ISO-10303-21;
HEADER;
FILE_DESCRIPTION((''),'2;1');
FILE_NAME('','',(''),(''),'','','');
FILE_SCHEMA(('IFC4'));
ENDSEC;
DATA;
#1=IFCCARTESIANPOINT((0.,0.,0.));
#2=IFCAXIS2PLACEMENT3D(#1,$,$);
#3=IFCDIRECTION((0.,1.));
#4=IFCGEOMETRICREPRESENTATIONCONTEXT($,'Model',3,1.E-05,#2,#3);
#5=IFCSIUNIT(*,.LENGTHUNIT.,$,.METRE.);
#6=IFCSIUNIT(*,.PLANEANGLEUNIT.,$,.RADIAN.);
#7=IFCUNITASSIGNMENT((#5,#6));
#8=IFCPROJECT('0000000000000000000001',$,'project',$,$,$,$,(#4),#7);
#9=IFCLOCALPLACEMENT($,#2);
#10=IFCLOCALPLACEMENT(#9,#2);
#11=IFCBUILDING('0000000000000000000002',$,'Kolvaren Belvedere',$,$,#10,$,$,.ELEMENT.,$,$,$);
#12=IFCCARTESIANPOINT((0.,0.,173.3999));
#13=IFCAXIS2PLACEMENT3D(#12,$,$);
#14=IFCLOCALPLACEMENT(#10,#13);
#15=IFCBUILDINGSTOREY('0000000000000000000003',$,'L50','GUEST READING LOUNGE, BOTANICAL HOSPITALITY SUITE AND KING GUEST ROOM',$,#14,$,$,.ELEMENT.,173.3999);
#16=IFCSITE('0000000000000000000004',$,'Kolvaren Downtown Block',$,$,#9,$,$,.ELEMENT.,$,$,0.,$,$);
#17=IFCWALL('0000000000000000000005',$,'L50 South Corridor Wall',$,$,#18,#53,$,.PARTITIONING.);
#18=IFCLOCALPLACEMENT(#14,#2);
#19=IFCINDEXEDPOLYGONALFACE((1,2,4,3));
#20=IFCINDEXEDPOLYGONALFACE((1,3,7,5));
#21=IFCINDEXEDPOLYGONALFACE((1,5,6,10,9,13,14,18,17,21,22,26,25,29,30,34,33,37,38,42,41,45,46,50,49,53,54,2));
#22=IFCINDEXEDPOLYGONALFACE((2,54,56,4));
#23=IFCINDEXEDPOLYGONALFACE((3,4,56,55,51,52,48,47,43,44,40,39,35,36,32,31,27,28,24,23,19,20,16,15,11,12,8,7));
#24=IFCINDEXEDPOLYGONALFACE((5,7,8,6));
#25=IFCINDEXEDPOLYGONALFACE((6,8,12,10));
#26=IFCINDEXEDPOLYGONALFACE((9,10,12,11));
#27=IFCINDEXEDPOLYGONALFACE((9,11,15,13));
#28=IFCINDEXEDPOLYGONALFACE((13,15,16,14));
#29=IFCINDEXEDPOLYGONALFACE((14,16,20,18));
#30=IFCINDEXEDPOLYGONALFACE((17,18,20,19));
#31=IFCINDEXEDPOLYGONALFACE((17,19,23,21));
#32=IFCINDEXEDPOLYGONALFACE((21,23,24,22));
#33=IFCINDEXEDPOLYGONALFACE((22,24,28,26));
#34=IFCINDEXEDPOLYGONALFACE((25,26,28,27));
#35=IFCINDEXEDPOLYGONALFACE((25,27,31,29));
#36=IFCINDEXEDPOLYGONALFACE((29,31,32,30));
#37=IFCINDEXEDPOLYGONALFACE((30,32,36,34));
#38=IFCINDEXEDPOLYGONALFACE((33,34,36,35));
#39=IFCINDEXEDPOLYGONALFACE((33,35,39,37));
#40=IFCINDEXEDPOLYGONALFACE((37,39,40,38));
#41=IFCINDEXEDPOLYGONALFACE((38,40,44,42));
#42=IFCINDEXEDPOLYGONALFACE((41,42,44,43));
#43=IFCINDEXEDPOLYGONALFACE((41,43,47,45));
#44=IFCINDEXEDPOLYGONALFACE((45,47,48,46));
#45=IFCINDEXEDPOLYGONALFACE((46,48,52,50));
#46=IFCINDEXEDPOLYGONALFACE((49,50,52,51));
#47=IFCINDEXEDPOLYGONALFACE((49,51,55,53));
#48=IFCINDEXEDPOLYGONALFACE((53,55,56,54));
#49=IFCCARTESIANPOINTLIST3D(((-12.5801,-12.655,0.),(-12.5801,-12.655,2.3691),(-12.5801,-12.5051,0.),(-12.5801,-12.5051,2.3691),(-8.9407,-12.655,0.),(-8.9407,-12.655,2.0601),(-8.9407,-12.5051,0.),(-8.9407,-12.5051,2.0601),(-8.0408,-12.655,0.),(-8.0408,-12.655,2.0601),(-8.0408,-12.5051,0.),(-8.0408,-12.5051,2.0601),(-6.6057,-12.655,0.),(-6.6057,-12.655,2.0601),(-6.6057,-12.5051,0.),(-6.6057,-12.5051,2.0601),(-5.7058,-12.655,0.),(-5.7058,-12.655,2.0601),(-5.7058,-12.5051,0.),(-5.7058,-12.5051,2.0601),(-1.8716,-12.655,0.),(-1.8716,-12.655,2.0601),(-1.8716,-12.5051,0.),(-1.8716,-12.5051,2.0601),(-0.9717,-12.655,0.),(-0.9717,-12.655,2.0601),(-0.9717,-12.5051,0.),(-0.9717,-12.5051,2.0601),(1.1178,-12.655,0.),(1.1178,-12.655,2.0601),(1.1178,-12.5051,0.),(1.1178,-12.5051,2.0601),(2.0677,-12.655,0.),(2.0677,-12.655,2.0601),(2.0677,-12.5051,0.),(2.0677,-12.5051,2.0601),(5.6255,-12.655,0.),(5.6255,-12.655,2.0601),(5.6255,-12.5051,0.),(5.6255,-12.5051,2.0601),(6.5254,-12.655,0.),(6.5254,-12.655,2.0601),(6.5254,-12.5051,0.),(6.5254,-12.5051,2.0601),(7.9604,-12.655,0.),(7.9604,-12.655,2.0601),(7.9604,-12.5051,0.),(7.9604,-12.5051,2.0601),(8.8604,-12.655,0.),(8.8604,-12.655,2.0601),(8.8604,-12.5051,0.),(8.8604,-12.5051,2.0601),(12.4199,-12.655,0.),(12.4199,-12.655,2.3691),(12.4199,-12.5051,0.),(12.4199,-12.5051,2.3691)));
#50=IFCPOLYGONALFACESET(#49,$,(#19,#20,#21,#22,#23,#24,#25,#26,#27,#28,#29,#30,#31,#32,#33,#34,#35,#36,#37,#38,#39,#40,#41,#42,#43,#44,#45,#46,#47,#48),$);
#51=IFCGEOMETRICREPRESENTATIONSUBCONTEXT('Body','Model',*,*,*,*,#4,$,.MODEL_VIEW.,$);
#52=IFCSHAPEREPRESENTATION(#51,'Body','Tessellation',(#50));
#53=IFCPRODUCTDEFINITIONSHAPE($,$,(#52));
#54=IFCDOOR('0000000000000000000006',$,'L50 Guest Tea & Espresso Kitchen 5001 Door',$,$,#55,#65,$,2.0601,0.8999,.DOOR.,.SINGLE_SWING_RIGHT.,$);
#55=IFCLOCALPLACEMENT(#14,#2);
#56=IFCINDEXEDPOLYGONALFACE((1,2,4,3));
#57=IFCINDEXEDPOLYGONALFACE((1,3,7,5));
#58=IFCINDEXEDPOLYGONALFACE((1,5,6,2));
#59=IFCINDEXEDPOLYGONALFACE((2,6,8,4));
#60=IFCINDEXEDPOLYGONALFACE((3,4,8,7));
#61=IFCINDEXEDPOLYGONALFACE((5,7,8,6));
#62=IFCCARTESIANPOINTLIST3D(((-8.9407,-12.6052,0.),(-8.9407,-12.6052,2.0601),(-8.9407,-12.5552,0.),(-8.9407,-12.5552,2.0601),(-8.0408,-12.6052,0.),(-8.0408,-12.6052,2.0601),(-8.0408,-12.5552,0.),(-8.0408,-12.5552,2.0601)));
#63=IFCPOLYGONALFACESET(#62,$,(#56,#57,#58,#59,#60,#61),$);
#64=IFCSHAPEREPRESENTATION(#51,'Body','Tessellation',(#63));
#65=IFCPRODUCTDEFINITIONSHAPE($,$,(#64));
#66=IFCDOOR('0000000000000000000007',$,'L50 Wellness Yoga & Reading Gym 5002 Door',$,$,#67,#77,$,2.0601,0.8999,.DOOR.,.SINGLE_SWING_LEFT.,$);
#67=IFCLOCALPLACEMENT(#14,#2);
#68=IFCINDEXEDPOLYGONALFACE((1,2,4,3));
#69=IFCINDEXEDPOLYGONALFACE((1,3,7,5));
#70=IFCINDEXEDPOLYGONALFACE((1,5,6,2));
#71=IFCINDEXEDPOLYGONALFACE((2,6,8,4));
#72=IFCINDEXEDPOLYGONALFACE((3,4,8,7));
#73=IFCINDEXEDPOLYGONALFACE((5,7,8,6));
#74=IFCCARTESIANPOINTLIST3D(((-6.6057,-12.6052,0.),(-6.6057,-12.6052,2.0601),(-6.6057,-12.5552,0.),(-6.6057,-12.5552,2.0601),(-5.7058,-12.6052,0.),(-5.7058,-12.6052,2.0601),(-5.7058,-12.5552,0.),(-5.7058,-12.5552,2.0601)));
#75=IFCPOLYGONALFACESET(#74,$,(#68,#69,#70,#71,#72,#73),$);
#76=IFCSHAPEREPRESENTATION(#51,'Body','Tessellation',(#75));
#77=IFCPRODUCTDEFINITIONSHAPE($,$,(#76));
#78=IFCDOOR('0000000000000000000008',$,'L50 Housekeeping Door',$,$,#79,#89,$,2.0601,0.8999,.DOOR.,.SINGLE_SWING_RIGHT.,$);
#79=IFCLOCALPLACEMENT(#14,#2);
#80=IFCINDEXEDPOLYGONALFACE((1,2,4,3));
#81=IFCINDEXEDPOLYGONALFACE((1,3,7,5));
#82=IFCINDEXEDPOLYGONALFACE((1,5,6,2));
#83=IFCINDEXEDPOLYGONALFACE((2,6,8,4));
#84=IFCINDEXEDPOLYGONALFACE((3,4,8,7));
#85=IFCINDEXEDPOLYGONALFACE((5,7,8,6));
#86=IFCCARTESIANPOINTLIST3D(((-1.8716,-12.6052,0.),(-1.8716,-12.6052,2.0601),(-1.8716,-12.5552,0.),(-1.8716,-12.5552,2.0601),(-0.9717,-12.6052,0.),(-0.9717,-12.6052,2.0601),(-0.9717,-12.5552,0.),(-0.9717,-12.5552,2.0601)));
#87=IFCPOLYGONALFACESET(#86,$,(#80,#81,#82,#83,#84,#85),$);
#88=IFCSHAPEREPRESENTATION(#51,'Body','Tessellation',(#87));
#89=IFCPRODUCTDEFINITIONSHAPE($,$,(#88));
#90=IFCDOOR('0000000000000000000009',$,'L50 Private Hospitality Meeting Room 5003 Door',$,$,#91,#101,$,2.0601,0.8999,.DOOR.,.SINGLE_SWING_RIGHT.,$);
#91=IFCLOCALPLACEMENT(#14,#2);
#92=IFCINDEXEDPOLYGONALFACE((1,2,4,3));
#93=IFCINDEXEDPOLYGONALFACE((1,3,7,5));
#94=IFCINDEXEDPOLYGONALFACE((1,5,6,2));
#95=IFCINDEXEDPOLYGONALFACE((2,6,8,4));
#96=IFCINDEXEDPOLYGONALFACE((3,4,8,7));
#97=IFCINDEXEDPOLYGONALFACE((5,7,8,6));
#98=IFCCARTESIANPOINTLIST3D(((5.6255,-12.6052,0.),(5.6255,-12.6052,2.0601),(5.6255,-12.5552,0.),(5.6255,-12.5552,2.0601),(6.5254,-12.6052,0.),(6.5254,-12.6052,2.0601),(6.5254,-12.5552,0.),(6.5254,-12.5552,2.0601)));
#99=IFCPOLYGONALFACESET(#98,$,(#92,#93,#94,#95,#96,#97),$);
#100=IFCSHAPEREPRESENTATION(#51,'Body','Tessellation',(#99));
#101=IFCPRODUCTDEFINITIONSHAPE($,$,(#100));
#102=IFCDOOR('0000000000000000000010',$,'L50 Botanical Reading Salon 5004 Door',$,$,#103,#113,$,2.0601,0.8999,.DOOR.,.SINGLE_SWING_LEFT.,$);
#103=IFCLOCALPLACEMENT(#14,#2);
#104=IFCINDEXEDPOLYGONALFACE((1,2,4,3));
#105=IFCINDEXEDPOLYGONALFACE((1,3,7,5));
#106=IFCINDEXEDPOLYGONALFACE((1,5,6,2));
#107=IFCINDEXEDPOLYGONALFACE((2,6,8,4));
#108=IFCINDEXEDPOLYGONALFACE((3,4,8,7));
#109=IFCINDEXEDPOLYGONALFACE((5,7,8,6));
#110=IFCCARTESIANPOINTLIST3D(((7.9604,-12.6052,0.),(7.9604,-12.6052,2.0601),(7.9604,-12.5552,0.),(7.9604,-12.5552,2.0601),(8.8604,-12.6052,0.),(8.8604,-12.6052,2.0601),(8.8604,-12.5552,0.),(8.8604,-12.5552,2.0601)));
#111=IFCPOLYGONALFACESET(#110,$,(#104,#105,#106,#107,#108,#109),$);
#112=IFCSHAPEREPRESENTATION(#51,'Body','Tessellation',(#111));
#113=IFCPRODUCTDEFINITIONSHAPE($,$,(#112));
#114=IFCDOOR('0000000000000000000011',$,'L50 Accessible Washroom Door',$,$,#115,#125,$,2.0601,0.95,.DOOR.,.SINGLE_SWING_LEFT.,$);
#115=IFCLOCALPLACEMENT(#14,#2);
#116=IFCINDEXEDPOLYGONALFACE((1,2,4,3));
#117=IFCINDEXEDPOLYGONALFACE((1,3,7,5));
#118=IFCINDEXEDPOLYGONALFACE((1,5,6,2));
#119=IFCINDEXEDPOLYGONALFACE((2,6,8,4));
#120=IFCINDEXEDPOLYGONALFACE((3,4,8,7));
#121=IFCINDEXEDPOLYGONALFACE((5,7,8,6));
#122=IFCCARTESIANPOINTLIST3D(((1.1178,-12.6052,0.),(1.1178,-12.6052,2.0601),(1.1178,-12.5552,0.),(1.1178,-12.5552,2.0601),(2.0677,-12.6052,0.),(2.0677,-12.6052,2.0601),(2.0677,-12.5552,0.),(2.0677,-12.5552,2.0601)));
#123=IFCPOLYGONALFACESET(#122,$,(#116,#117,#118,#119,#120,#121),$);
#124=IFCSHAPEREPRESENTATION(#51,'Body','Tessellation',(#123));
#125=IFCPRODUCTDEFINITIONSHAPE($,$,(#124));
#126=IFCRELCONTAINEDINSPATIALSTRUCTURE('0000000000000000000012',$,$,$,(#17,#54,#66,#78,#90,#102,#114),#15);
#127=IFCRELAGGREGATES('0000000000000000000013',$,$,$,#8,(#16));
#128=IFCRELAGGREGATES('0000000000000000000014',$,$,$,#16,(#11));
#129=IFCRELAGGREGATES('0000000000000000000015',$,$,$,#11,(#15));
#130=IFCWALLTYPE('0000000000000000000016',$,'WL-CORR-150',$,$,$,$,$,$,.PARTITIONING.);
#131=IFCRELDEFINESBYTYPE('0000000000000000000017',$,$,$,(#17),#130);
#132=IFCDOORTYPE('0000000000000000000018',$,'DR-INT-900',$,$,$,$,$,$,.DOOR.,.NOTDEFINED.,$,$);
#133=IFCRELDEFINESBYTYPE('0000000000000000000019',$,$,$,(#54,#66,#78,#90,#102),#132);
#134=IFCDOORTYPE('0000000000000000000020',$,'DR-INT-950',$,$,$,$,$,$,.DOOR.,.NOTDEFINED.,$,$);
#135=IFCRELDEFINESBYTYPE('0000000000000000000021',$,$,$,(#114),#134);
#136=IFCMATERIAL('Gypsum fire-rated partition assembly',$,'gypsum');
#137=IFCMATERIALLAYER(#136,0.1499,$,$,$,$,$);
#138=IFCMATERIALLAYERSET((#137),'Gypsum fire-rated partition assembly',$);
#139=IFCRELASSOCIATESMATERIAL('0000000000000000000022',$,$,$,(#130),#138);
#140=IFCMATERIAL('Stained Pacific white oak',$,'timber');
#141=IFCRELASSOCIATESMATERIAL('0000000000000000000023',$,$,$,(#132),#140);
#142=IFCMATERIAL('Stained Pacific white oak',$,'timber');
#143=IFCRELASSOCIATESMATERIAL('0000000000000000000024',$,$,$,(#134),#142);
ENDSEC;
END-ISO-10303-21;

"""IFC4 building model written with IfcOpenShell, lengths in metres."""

from ifc_helpers import new_model, si_unit, direction, frame, frame_2d, origin, place, context, subcontext, project, spatial, rectangle, extrude, material, layer, layer_set, type_object, element, fill, save


model = new_model("IFC4")

# Units and contexts
model_context = context("Model", 3, precision=1e-05, world=origin(), true_north=direction((0.0, 1.0)))
body_context = subcontext(model_context, "Body", "Model", "MODEL_VIEW")
ifc_project = project(units=[si_unit("LENGTHUNIT", "METRE"), si_unit("PLANEANGLEUNIT", "RADIAN")], contexts=[model_context])

# Site, building, storey
site_placement = place(None, origin())
site = spatial("IfcSite", under=ifc_project, at=site_placement, Name="Kolvaren Downtown Block", CompositionType="ELEMENT", RefElevation=0.0)
building_placement = place(site_placement, origin())
building = spatial("IfcBuilding", under=site, at=building_placement, Name="Kolvaren Belvedere", CompositionType="ELEMENT")
storey_placement = place(building_placement, frame((0.0, 0.0, 173.3999)))
storey = spatial("IfcBuildingStorey", under=building, at=storey_placement, Name="L50", Description="GUEST READING LOUNGE, BOTANICAL HOSPITALITY SUITE AND KING GUEST ROOM", CompositionType="ELEMENT", Elevation=173.3999)

# Wall, openings, doors
ifc_material_1 = material(Name="Gypsum fire-rated partition assembly", Category="gypsum")
ifc_layer_1 = layer(ifc_material_1, 0.1499)
ifc_layer_set_1 = layer_set([ifc_layer_1], Name="Gypsum fire-rated partition assembly")
wall_type_1 = type_object("IfcWallType", Name="WL-CORR-150", PredefinedType="PARTITIONING", material=ifc_layer_set_1)
wall_1_placement = place(storey_placement, frame((-12.5801, -12.5801, 0.0), z_axis=(0.0, 0.0, 1.0), x_axis=(1.0, 0.0, 0.0)))
wall_1 = element("IfcWall", 1, at=wall_1_placement, inside=storey, type_object=wall_type_1, Name="L50 South Corridor Wall", PredefinedType="PARTITIONING", context=body_context, shape_type="SweptSolid", body=[
    extrude(rectangle(XDim=25.0, YDim=0.1499, at=frame_2d((12.5, 0.0))), origin(), (0.0, 0.0, 1.0), 2.3691),
])
opening_1_placement = place(wall_1_placement, frame((3.6394, 0.0, 0.0)))
opening_1 = element("IfcOpeningElement", 2, at=opening_1_placement, cuts=wall_1, PredefinedType="OPENING", context=body_context, shape_type="SweptSolid", body=[
    extrude(rectangle(XDim=0.8999, YDim=2.0601, at=frame_2d((0.45, 1.03))), frame((0.0, 0.085, 0.0), z_axis=(0.0, -1.0, 0.0), x_axis=(1.0, 0.0, 0.0)), (0.0, 0.0, 1.0), 0.1699),
])
opening_2_placement = place(wall_1_placement, frame((5.9744, 0.0, 0.0)))
opening_2 = element("IfcOpeningElement", 3, at=opening_2_placement, cuts=wall_1, PredefinedType="OPENING", context=body_context, shape_type="SweptSolid", body=[
    extrude(rectangle(XDim=0.8999, YDim=2.0601, at=frame_2d((0.45, 1.03))), frame((0.0, 0.085, 0.0), z_axis=(0.0, -1.0, 0.0), x_axis=(1.0, 0.0, 0.0)), (0.0, 0.0, 1.0), 0.1699),
])
opening_3_placement = place(wall_1_placement, frame((10.7085, 0.0, 0.0)))
opening_3 = element("IfcOpeningElement", 4, at=opening_3_placement, cuts=wall_1, PredefinedType="OPENING", context=body_context, shape_type="SweptSolid", body=[
    extrude(rectangle(XDim=0.8999, YDim=2.0601, at=frame_2d((0.45, 1.03))), frame((0.0, 0.085, 0.0), z_axis=(0.0, -1.0, 0.0), x_axis=(1.0, 0.0, 0.0)), (0.0, 0.0, 1.0), 0.1699),
])
opening_4_placement = place(wall_1_placement, frame((13.6978, 0.0, 0.0)))
opening_4 = element("IfcOpeningElement", 5, at=opening_4_placement, cuts=wall_1, PredefinedType="OPENING", context=body_context, shape_type="SweptSolid", body=[
    extrude(rectangle(XDim=0.95, YDim=2.0601, at=frame_2d((0.4751, 1.03))), frame((0.0, 0.085, 0.0), z_axis=(0.0, -1.0, 0.0), x_axis=(1.0, 0.0, 0.0)), (0.0, 0.0, 1.0), 0.1699),
])
opening_5_placement = place(wall_1_placement, frame((18.2056, 0.0, 0.0)))
opening_5 = element("IfcOpeningElement", 6, at=opening_5_placement, cuts=wall_1, PredefinedType="OPENING", context=body_context, shape_type="SweptSolid", body=[
    extrude(rectangle(XDim=0.8999, YDim=2.0601, at=frame_2d((0.45, 1.03))), frame((0.0, 0.085, 0.0), z_axis=(0.0, -1.0, 0.0), x_axis=(1.0, 0.0, 0.0)), (0.0, 0.0, 1.0), 0.1699),
])
opening_6_placement = place(wall_1_placement, frame((20.5405, 0.0, 0.0)))
opening_6 = element("IfcOpeningElement", 7, at=opening_6_placement, cuts=wall_1, PredefinedType="OPENING", context=body_context, shape_type="SweptSolid", body=[
    extrude(rectangle(XDim=0.8999, YDim=2.0601, at=frame_2d((0.45, 1.03))), frame((0.0, 0.085, 0.0), z_axis=(0.0, -1.0, 0.0), x_axis=(1.0, 0.0, 0.0)), (0.0, 0.0, 1.0), 0.1699),
])
ifc_material_2 = material(Name="Stained Pacific white oak", Category="timber")
door_type_1 = type_object("IfcDoorType", Name="DR-INT-900", OperationType="NOTDEFINED", PredefinedType="DOOR", material=ifc_material_2)
door_1_placement = place(opening_1_placement, origin())
door_1 = element("IfcDoor", 8, at=door_1_placement, inside=storey, type_object=door_type_1, Name="L50 Guest Tea & Espresso Kitchen 5001 Door", OperationType="SINGLE_SWING_RIGHT", OverallHeight=2.0601, OverallWidth=0.8999, PredefinedType="DOOR", context=body_context, shape_type="SweptSolid", body=[
    extrude(rectangle(XDim=0.8999, YDim=2.0601, at=frame_2d((0.45, 1.03))), frame((0.0, 0.0249, 0.0), z_axis=(0.0, -1.0, 0.0), x_axis=(1.0, 0.0, 0.0)), (0.0, 0.0, 1.0), 0.05),
])
fill(opening_1, door_1)
door_2_placement = place(opening_2_placement, origin())
door_2 = element("IfcDoor", 9, at=door_2_placement, inside=storey, type_object=door_type_1, Name="L50 Wellness Yoga & Reading Gym 5002 Door", OperationType="SINGLE_SWING_LEFT", OverallHeight=2.0601, OverallWidth=0.8999, PredefinedType="DOOR", context=body_context, shape_type="SweptSolid", body=[
    extrude(rectangle(XDim=0.8999, YDim=2.0601, at=frame_2d((0.45, 1.03))), frame((0.0, 0.0249, 0.0), z_axis=(0.0, -1.0, 0.0), x_axis=(1.0, 0.0, 0.0)), (0.0, 0.0, 1.0), 0.05),
])
fill(opening_2, door_2)
door_3_placement = place(opening_3_placement, origin())
door_3 = element("IfcDoor", 10, at=door_3_placement, inside=storey, type_object=door_type_1, Name="L50 Housekeeping Door", OperationType="SINGLE_SWING_RIGHT", OverallHeight=2.0601, OverallWidth=0.8999, PredefinedType="DOOR", context=body_context, shape_type="SweptSolid", body=[
    extrude(rectangle(XDim=0.8999, YDim=2.0601, at=frame_2d((0.45, 1.03))), frame((0.0, 0.0249, 0.0), z_axis=(0.0, -1.0, 0.0), x_axis=(1.0, 0.0, 0.0)), (0.0, 0.0, 1.0), 0.05),
])
fill(opening_3, door_3)
door_4_placement = place(opening_5_placement, origin())
door_4 = element("IfcDoor", 11, at=door_4_placement, inside=storey, type_object=door_type_1, Name="L50 Private Hospitality Meeting Room 5003 Door", OperationType="SINGLE_SWING_RIGHT", OverallHeight=2.0601, OverallWidth=0.8999, PredefinedType="DOOR", context=body_context, shape_type="SweptSolid", body=[
    extrude(rectangle(XDim=0.8999, YDim=2.0601, at=frame_2d((0.45, 1.03))), frame((0.0, 0.0249, 0.0), z_axis=(0.0, -1.0, 0.0), x_axis=(1.0, 0.0, 0.0)), (0.0, 0.0, 1.0), 0.05),
])
fill(opening_5, door_4)
door_5_placement = place(opening_6_placement, origin())
door_5 = element("IfcDoor", 12, at=door_5_placement, inside=storey, type_object=door_type_1, Name="L50 Botanical Reading Salon 5004 Door", OperationType="SINGLE_SWING_LEFT", OverallHeight=2.0601, OverallWidth=0.8999, PredefinedType="DOOR", context=body_context, shape_type="SweptSolid", body=[
    extrude(rectangle(XDim=0.8999, YDim=2.0601, at=frame_2d((0.45, 1.03))), frame((0.0, 0.0249, 0.0), z_axis=(0.0, -1.0, 0.0), x_axis=(1.0, 0.0, 0.0)), (0.0, 0.0, 1.0), 0.05),
])
fill(opening_6, door_5)
ifc_material_3 = material(Name="Stained Pacific white oak", Category="timber")
door_type_2 = type_object("IfcDoorType", Name="DR-INT-950", OperationType="NOTDEFINED", PredefinedType="DOOR", material=ifc_material_3)
door_6_placement = place(opening_4_placement, origin())
door_6 = element("IfcDoor", 13, at=door_6_placement, inside=storey, type_object=door_type_2, Name="L50 Accessible Washroom Door", OperationType="SINGLE_SWING_LEFT", OverallHeight=2.0601, OverallWidth=0.95, PredefinedType="DOOR", context=body_context, shape_type="SweptSolid", body=[
    extrude(rectangle(XDim=0.95, YDim=2.0601, at=frame_2d((0.4751, 1.03))), frame((0.0, 0.0249, 0.0), z_axis=(0.0, -1.0, 0.0), x_axis=(1.0, 0.0, 0.0)), (0.0, 0.0, 1.0), 0.05),
])
fill(opening_4, door_6)

save(model, "model.ifc")
